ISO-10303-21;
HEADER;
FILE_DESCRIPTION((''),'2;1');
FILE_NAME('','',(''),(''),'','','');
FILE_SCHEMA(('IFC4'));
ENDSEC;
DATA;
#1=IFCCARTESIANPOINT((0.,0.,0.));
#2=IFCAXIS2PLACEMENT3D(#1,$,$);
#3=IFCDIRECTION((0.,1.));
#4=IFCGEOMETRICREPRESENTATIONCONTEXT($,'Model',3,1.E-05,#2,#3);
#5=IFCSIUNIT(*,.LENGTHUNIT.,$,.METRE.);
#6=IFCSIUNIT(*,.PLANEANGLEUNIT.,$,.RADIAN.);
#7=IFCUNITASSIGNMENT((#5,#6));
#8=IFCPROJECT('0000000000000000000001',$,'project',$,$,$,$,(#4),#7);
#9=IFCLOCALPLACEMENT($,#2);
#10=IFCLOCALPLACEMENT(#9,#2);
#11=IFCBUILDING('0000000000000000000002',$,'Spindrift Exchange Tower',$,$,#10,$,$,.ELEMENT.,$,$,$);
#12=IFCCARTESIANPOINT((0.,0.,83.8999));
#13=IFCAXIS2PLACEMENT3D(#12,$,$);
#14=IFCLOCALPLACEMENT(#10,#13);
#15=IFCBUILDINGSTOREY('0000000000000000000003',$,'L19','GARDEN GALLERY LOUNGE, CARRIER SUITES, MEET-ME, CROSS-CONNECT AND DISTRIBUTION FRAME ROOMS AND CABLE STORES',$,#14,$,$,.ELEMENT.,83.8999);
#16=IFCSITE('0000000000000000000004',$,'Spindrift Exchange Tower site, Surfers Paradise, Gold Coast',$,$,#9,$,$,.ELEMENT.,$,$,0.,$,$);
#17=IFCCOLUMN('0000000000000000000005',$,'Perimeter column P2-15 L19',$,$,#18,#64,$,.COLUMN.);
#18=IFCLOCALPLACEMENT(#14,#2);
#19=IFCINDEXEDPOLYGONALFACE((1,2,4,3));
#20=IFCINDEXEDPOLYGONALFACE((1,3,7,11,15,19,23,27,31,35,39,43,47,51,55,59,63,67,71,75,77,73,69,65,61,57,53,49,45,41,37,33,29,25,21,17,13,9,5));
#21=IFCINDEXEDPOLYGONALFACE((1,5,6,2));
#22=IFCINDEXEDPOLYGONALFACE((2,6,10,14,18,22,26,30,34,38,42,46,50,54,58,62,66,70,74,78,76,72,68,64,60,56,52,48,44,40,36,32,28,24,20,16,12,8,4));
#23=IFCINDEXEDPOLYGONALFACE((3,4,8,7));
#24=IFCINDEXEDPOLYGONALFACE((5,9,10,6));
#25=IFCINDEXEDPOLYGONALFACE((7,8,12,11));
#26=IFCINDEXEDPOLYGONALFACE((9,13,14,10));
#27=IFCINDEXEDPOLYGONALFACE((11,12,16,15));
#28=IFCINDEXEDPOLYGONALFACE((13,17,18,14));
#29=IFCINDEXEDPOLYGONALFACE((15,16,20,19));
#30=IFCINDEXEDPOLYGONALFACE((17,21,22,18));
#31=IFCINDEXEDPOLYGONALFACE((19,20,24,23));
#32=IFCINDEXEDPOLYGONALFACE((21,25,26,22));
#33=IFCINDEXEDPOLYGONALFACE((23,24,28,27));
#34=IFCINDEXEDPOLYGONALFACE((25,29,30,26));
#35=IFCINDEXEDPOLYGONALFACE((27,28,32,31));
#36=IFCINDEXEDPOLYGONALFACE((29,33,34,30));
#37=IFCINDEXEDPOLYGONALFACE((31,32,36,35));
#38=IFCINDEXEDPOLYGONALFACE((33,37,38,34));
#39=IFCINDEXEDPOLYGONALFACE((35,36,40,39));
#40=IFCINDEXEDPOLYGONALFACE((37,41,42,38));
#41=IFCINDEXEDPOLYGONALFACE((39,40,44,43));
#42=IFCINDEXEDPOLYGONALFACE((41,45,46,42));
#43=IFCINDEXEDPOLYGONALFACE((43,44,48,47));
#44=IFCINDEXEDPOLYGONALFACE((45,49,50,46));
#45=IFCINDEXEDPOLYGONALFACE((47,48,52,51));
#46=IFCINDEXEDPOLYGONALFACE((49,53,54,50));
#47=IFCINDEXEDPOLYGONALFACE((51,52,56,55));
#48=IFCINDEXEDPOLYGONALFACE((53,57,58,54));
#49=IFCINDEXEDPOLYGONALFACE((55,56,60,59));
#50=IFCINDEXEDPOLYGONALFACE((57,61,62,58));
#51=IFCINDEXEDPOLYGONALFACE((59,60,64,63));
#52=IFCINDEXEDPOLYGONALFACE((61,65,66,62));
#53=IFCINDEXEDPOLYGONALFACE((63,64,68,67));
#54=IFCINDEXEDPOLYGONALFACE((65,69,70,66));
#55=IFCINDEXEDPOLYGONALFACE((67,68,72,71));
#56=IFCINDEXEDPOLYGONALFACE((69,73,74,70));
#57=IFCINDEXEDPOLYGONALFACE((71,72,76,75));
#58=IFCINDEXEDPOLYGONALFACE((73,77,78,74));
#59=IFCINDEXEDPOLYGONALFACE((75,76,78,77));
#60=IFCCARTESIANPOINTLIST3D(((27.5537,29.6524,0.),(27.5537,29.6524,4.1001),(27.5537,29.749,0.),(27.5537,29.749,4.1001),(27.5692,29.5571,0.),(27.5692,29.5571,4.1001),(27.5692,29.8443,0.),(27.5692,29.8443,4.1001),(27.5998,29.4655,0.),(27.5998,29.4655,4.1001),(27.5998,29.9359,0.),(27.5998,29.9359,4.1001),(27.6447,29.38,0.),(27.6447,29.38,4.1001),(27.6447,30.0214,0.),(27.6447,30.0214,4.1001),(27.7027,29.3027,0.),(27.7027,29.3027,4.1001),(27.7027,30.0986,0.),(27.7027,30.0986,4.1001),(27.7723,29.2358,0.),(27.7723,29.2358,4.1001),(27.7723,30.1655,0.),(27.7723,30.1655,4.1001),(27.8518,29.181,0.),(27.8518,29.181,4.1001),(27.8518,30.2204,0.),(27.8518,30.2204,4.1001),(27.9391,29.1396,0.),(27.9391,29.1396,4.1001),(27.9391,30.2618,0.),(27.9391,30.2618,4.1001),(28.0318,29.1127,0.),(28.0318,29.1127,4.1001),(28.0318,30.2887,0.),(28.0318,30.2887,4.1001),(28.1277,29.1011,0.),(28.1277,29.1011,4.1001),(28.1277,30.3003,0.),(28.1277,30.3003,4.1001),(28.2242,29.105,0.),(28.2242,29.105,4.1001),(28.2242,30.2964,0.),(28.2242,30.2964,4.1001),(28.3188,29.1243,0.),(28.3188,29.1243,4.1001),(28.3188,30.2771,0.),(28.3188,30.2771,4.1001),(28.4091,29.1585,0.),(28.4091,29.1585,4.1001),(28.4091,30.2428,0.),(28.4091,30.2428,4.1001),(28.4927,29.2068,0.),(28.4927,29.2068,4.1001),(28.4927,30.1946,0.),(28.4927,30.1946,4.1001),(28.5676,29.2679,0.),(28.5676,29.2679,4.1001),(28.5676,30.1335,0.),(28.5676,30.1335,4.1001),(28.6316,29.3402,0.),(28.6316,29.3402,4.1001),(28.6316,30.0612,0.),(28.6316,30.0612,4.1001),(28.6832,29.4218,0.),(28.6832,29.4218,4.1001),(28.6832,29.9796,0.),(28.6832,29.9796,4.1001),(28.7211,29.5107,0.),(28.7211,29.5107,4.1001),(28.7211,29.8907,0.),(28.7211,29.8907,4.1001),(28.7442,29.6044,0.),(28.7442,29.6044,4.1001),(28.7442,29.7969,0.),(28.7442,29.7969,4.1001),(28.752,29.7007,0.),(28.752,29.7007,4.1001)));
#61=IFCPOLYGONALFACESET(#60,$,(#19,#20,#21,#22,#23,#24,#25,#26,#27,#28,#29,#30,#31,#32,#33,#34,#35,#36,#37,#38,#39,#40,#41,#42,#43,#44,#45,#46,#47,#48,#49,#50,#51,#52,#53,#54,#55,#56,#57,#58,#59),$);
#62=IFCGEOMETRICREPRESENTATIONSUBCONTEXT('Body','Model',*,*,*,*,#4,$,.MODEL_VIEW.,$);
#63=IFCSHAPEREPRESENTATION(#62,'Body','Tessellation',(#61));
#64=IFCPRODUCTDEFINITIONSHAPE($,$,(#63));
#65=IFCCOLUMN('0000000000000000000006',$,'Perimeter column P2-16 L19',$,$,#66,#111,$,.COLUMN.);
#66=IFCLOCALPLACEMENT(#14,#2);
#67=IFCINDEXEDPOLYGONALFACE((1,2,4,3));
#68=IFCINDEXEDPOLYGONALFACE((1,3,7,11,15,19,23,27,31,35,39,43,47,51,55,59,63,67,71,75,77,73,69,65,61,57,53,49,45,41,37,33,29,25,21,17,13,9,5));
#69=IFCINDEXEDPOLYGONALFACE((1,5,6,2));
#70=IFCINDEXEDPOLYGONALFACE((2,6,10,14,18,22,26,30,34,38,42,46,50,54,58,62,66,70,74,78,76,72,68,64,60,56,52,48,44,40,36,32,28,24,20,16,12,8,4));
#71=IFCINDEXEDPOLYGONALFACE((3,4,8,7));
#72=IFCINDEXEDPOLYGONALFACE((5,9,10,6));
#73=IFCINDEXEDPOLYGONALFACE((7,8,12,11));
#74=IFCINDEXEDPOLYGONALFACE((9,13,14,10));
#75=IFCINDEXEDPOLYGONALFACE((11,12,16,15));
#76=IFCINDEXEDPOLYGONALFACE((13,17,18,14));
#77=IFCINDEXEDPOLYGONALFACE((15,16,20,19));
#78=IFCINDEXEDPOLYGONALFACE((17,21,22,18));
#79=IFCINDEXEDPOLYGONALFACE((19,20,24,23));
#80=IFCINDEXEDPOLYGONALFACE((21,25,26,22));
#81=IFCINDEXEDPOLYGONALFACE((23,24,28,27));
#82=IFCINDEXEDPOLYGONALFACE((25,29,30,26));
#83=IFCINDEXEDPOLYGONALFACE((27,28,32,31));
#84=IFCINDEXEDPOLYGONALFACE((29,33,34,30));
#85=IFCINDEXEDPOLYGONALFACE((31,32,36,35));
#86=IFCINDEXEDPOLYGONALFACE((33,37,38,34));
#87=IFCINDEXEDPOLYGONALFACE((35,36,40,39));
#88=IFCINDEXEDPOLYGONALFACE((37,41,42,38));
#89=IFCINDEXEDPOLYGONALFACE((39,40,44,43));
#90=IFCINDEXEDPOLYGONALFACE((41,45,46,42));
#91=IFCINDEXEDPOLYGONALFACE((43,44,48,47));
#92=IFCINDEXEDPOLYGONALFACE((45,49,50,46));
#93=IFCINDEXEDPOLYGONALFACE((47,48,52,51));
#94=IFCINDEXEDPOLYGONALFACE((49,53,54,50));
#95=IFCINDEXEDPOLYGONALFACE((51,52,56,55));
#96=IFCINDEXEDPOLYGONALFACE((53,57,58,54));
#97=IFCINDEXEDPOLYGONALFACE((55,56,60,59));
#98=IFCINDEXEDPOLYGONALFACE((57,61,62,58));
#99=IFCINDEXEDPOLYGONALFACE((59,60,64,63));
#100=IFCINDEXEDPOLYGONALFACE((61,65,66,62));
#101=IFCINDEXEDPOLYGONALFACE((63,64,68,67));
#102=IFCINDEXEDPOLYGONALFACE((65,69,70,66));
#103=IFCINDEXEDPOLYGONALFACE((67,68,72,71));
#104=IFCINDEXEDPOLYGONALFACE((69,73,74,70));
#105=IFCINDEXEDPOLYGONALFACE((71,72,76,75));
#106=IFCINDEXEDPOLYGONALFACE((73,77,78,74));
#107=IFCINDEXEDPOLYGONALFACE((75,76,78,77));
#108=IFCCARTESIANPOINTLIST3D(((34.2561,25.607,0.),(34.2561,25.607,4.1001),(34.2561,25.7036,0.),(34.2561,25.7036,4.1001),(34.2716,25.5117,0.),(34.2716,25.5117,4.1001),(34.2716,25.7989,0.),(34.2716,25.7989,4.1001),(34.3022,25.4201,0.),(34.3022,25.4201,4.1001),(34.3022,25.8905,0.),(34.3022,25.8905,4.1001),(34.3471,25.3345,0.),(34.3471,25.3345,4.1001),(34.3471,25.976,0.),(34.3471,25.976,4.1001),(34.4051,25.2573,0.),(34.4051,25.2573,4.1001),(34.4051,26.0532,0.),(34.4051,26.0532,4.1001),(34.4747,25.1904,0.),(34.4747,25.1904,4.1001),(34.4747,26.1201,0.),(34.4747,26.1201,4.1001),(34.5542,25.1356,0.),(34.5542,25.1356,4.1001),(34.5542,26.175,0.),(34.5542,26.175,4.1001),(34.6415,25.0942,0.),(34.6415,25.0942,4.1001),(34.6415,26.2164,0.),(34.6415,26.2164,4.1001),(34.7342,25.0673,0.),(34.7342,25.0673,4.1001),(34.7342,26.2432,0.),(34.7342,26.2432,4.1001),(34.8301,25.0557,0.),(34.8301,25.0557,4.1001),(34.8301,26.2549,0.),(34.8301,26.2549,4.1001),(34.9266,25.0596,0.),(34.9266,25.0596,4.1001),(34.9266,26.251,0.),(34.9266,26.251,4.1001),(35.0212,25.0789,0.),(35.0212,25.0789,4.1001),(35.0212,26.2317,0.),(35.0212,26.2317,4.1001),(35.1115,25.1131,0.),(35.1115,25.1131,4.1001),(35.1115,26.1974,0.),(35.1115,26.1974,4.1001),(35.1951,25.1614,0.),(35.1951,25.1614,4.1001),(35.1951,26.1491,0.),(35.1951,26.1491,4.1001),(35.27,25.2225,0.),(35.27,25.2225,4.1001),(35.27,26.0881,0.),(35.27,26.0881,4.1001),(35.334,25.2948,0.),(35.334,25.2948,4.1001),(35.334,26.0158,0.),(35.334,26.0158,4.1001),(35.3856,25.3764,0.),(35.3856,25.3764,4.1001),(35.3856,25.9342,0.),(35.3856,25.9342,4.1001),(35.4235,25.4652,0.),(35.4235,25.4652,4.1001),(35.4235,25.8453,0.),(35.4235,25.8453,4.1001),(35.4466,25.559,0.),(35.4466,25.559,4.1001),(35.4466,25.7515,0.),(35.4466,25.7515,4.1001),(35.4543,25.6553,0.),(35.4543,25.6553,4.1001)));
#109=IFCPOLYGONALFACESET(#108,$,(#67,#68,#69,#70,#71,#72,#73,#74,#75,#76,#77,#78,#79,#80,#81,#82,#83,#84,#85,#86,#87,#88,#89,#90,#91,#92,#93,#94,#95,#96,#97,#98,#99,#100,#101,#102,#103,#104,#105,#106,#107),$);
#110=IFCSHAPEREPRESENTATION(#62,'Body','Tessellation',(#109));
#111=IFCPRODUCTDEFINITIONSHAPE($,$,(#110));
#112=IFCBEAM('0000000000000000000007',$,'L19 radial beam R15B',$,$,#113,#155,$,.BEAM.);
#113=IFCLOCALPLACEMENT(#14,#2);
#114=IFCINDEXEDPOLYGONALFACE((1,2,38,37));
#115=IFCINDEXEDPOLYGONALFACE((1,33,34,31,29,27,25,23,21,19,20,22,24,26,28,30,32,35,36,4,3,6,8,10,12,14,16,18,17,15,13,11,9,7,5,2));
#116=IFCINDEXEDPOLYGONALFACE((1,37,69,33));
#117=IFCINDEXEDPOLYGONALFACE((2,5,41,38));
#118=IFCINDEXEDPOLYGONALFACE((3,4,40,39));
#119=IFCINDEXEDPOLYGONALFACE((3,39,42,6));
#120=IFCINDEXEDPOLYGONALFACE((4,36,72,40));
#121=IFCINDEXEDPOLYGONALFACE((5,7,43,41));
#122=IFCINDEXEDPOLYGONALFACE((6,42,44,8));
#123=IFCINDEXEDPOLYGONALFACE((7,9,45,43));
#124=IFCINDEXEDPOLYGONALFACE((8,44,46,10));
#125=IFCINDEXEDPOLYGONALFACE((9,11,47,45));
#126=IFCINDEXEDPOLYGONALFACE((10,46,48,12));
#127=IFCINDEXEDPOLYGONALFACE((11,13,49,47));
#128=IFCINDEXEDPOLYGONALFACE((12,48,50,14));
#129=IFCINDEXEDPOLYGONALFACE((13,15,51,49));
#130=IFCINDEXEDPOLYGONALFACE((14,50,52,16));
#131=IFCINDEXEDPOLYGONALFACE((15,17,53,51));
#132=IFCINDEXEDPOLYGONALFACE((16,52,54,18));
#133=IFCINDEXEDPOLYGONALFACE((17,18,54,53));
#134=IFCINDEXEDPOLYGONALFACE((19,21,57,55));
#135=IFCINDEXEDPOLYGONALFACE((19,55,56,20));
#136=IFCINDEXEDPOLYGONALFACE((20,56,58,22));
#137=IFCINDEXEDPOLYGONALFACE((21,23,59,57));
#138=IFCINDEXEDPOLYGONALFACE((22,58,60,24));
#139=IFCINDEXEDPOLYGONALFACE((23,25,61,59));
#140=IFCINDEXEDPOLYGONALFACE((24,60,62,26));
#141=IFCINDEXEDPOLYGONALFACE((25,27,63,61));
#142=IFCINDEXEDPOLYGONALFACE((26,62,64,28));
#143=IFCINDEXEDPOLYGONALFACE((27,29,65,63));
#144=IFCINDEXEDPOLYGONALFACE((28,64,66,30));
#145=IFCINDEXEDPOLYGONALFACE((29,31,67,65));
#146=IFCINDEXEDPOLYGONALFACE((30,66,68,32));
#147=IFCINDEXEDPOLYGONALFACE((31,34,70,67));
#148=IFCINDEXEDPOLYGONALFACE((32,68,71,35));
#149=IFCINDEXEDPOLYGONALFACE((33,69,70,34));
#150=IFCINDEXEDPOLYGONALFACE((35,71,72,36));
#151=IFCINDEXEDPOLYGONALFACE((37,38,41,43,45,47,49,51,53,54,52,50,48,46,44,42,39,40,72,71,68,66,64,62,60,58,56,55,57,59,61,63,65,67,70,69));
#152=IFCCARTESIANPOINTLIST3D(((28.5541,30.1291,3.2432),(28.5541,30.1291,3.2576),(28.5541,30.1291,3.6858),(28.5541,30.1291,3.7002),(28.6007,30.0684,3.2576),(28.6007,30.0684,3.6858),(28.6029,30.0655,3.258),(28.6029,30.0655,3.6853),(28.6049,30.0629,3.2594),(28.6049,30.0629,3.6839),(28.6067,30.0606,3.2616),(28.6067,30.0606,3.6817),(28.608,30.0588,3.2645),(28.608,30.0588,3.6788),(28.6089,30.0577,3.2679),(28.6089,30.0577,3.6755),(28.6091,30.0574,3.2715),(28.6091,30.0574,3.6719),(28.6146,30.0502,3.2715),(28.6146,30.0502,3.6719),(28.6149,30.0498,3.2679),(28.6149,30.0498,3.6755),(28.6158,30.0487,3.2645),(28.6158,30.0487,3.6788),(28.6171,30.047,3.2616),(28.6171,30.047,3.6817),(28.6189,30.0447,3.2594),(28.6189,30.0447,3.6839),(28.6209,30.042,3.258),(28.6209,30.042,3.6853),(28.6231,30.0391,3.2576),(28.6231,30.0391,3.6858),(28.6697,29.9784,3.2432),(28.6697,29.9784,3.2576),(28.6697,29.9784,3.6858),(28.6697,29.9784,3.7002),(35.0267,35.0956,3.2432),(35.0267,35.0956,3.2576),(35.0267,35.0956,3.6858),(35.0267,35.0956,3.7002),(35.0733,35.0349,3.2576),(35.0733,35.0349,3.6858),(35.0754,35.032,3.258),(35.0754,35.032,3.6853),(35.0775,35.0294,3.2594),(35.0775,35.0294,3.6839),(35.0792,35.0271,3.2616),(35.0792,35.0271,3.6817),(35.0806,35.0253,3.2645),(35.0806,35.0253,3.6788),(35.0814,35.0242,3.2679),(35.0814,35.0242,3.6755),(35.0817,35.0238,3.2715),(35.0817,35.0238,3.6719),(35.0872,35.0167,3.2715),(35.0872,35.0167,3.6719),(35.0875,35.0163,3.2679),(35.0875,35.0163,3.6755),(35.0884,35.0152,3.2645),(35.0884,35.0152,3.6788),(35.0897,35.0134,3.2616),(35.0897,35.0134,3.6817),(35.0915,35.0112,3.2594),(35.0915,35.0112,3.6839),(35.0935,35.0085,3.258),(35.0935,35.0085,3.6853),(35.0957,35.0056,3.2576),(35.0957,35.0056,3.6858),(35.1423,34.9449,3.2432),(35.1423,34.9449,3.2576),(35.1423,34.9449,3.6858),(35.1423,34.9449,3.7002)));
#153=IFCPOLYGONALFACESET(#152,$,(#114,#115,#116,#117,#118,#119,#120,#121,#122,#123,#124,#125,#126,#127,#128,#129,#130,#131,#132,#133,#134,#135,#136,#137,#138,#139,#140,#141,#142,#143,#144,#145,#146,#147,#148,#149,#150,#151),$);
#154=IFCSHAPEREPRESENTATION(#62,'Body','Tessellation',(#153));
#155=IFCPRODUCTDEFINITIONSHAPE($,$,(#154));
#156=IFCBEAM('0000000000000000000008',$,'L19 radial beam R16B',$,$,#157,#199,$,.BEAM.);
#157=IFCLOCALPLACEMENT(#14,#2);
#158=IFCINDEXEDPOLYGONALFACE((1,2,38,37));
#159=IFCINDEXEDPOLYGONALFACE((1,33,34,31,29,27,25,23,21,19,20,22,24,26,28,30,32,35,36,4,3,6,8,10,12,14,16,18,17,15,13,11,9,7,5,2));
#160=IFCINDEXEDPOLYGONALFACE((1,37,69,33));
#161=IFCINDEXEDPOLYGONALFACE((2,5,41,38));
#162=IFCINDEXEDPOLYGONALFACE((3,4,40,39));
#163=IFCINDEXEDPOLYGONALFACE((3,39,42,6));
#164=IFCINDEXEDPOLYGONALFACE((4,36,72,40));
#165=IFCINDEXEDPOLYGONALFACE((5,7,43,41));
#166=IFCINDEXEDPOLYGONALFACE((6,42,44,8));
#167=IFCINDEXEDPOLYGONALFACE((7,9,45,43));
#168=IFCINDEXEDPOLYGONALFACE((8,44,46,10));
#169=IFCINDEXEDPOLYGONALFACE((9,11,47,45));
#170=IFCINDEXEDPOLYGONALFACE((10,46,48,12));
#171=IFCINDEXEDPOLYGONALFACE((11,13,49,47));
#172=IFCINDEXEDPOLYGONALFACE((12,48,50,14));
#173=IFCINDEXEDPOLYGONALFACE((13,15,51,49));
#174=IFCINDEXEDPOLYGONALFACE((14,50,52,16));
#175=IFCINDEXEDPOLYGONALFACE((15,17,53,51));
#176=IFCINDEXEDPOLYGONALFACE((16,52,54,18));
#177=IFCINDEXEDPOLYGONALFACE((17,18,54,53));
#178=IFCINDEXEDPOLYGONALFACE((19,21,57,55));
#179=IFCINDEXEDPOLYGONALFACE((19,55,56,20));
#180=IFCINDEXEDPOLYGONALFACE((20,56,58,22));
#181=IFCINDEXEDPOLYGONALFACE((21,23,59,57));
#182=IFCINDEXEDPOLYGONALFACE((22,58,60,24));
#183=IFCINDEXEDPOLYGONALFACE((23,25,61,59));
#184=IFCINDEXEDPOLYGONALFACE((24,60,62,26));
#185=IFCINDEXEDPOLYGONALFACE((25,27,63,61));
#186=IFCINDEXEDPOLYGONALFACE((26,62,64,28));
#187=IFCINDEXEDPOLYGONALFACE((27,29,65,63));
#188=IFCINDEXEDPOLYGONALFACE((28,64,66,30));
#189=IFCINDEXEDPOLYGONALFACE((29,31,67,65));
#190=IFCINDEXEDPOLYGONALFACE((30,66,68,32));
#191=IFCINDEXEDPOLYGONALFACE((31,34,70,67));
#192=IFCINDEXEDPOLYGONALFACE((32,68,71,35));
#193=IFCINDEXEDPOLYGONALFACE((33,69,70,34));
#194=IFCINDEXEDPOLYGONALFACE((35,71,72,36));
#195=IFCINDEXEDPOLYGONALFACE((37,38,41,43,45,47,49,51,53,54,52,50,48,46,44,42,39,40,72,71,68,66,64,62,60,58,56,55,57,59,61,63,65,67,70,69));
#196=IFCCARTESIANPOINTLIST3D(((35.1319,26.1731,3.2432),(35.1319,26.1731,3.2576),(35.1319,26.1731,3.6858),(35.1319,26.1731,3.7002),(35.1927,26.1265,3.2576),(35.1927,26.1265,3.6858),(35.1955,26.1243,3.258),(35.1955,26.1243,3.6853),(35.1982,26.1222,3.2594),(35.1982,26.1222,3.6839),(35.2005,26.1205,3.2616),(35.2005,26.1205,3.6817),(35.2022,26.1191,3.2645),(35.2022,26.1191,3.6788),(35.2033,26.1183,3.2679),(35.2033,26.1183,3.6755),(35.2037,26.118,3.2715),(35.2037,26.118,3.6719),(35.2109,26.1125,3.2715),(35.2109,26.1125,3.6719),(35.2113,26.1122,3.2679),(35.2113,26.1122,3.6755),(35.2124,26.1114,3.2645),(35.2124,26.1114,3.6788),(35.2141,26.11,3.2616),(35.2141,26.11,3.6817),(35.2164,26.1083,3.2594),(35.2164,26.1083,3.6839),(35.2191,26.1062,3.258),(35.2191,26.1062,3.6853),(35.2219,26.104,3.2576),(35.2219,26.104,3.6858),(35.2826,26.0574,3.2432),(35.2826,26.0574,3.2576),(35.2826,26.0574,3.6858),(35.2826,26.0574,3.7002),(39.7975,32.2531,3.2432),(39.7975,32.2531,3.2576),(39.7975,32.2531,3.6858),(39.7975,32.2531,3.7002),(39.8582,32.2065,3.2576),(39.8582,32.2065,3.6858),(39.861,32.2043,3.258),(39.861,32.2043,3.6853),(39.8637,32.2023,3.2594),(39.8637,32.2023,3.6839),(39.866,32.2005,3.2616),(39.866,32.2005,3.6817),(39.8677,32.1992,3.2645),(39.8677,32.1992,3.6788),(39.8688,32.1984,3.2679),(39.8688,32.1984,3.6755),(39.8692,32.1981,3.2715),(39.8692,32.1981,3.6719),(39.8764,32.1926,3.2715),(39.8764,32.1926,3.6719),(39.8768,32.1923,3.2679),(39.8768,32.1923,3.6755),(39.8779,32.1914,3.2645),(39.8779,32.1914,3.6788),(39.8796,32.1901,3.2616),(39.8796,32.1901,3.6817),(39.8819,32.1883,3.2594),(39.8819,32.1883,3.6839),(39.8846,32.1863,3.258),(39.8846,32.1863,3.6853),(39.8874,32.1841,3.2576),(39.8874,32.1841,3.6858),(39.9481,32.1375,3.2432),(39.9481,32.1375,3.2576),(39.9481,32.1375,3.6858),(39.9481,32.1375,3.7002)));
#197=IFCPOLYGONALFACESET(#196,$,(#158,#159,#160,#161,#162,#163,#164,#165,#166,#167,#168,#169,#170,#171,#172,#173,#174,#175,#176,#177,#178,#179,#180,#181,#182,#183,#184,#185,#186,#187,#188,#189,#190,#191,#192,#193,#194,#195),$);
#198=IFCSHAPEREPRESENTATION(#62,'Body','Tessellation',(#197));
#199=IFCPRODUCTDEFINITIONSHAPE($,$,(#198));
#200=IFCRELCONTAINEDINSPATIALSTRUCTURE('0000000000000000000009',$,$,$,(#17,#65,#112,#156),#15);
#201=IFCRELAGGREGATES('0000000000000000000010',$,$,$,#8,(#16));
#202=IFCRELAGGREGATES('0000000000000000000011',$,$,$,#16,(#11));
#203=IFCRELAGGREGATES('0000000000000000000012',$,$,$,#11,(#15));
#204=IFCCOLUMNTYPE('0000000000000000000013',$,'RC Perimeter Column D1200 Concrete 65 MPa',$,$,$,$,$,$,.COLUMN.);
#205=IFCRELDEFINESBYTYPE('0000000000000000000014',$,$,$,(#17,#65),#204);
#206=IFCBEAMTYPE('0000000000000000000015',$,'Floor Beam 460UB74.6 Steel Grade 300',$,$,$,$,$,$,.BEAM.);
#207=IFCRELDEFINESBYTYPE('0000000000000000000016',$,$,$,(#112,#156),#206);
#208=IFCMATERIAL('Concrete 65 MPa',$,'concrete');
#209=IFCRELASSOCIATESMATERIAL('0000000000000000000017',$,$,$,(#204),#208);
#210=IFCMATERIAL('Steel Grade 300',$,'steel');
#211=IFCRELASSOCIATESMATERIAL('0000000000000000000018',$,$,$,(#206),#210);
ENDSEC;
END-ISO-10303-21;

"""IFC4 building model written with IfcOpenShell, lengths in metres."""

from ifc_helpers import new_model, si_unit, direction, frame, origin, origin_2d, place, context, subcontext, project, spatial, circle, i_section, extrude, source, transform, mapped, material, material_profile, profile_set, type_object, element, save


model = new_model("IFC4")

# Units and contexts
model_context = context("Model", 3, precision=1e-05, world=origin(), true_north=direction((0.0, 1.0)))
body_context = subcontext(model_context, "Body", "Model", "MODEL_VIEW")
ifc_project = project(units=[si_unit("LENGTHUNIT", "METRE"), si_unit("PLANEANGLEUNIT", "RADIAN")], contexts=[model_context])

# Site, building, storey
site_placement = place(None, origin())
site = spatial("IfcSite", under=ifc_project, at=site_placement, Name="Spindrift Exchange Tower site, Surfers Paradise, Gold Coast", CompositionType="ELEMENT", RefElevation=0.0)
building_placement = place(site_placement, origin())
building = spatial("IfcBuilding", under=site, at=building_placement, Name="Spindrift Exchange Tower", CompositionType="ELEMENT")
storey_placement = place(building_placement, frame((0.0, 0.0, 83.8999)))
storey = spatial("IfcBuildingStorey", under=building, at=storey_placement, Name="L19", Description="GARDEN GALLERY LOUNGE, CARRIER SUITES, MEET-ME, CROSS-CONNECT AND DISTRIBUTION FRAME ROOMS AND CABLE STORES", CompositionType="ELEMENT", Elevation=83.8999)

# Columns
ifc_material_1 = material(Name="Concrete 65 MPa", Category="concrete")
ifc_material_profile_1 = material_profile(ifc_material_1, circle(Radius=0.6001, at=origin_2d()), Name="RC D1200")
ifc_profile_set_1 = profile_set([ifc_material_profile_1], Name="Concrete 65 MPa")
column_type = type_object("IfcColumnType", Name="RC Perimeter Column D1200 Concrete 65 MPa", PredefinedType="COLUMN", material=ifc_profile_set_1)
shared_shape_1 = source(origin(), body_context, "Body", "SweptSolid", [
    extrude(circle(Radius=0.6001, at=origin_2d()), origin(), (0.0, 0.0, 1.0), 4.1001),
])
for number, where, z_axis, x_axis, name in (
    (1, (28.1519, 29.7007, 0.0), (0.0, 0.0, 1.0), (1.0, 0.0, 0.0), "Perimeter column P2-15 L19"),
    (2, (34.8542, 25.6553, 0.0), (0.0, 0.0, 1.0), (1.0, 0.0, 0.0), "Perimeter column P2-16 L19"),
):
    element("IfcColumn", number, at=place(storey_placement, frame(where, z_axis=z_axis, x_axis=x_axis)), inside=storey, type_object=column_type, Name=name, PredefinedType="COLUMN", context=body_context, shape_type="MappedRepresentation", body=[
        mapped(shared_shape_1, transform((0.0, 0.0, 0.0), scale=1.0)),
    ])

# Beams
ifc_material_2 = material(Name="Steel Grade 300", Category="steel")
ifc_material_profile_2 = material_profile(ifc_material_2, i_section(OverallWidth=0.1899, OverallDepth=0.457, WebThickness=0.009, FlangeThickness=0.0144, FilletRadius=0.0139, at=origin_2d()), Name="460UB74.6")
ifc_profile_set_2 = profile_set([ifc_material_profile_2], Name="Steel Grade 300")
beam_type_1 = type_object("IfcBeamType", Name="Floor Beam 460UB74.6 Steel Grade 300", PredefinedType="BEAM", material=ifc_profile_set_2)
shared_shape_2 = source(origin(), body_context, "Body", "SweptSolid", [
    extrude(i_section(OverallWidth=0.1899, OverallDepth=0.457, WebThickness=0.009, FlangeThickness=0.0144, FilletRadius=0.0139, at=origin_2d()), origin(), (0.0, 0.0, 1.0), 8.1584),
])
beam_1_placement = place(storey_placement, frame((35.0845, 35.0203, 3.4717), z_axis=(-0.793359, -0.608754, 0.0), x_axis=(0.608754, -0.793359, 0.0)))
element("IfcBeam", 3, at=beam_1_placement, inside=storey, type_object=beam_type_1, Name="L19 radial beam R15B", PredefinedType="BEAM", context=body_context, shape_type="MappedRepresentation", body=[
    mapped(shared_shape_2, transform((0.0, 0.0, 0.0), scale=1.0)),
])
shared_shape_3 = source(origin(), body_context, "Body", "SweptSolid", [
    extrude(i_section(OverallWidth=0.1899, OverallDepth=0.457, WebThickness=0.009, FlangeThickness=0.0144, FilletRadius=0.0139, at=origin_2d()), origin(), (0.0, 0.0, 1.0), 7.6638),
])
beam_2_placement = place(storey_placement, frame((39.8728, 32.1953, 3.4717), z_axis=(-0.608771, -0.793346, 0.0), x_axis=(0.793346, -0.608771, 0.0)))
element("IfcBeam", 4, at=beam_2_placement, inside=storey, type_object=beam_type_1, Name="L19 radial beam R16B", PredefinedType="BEAM", context=body_context, shape_type="MappedRepresentation", body=[
    mapped(shared_shape_3, transform((0.0, 0.0, 0.0), scale=1.0)),
])

save(model, "model.ifc")
